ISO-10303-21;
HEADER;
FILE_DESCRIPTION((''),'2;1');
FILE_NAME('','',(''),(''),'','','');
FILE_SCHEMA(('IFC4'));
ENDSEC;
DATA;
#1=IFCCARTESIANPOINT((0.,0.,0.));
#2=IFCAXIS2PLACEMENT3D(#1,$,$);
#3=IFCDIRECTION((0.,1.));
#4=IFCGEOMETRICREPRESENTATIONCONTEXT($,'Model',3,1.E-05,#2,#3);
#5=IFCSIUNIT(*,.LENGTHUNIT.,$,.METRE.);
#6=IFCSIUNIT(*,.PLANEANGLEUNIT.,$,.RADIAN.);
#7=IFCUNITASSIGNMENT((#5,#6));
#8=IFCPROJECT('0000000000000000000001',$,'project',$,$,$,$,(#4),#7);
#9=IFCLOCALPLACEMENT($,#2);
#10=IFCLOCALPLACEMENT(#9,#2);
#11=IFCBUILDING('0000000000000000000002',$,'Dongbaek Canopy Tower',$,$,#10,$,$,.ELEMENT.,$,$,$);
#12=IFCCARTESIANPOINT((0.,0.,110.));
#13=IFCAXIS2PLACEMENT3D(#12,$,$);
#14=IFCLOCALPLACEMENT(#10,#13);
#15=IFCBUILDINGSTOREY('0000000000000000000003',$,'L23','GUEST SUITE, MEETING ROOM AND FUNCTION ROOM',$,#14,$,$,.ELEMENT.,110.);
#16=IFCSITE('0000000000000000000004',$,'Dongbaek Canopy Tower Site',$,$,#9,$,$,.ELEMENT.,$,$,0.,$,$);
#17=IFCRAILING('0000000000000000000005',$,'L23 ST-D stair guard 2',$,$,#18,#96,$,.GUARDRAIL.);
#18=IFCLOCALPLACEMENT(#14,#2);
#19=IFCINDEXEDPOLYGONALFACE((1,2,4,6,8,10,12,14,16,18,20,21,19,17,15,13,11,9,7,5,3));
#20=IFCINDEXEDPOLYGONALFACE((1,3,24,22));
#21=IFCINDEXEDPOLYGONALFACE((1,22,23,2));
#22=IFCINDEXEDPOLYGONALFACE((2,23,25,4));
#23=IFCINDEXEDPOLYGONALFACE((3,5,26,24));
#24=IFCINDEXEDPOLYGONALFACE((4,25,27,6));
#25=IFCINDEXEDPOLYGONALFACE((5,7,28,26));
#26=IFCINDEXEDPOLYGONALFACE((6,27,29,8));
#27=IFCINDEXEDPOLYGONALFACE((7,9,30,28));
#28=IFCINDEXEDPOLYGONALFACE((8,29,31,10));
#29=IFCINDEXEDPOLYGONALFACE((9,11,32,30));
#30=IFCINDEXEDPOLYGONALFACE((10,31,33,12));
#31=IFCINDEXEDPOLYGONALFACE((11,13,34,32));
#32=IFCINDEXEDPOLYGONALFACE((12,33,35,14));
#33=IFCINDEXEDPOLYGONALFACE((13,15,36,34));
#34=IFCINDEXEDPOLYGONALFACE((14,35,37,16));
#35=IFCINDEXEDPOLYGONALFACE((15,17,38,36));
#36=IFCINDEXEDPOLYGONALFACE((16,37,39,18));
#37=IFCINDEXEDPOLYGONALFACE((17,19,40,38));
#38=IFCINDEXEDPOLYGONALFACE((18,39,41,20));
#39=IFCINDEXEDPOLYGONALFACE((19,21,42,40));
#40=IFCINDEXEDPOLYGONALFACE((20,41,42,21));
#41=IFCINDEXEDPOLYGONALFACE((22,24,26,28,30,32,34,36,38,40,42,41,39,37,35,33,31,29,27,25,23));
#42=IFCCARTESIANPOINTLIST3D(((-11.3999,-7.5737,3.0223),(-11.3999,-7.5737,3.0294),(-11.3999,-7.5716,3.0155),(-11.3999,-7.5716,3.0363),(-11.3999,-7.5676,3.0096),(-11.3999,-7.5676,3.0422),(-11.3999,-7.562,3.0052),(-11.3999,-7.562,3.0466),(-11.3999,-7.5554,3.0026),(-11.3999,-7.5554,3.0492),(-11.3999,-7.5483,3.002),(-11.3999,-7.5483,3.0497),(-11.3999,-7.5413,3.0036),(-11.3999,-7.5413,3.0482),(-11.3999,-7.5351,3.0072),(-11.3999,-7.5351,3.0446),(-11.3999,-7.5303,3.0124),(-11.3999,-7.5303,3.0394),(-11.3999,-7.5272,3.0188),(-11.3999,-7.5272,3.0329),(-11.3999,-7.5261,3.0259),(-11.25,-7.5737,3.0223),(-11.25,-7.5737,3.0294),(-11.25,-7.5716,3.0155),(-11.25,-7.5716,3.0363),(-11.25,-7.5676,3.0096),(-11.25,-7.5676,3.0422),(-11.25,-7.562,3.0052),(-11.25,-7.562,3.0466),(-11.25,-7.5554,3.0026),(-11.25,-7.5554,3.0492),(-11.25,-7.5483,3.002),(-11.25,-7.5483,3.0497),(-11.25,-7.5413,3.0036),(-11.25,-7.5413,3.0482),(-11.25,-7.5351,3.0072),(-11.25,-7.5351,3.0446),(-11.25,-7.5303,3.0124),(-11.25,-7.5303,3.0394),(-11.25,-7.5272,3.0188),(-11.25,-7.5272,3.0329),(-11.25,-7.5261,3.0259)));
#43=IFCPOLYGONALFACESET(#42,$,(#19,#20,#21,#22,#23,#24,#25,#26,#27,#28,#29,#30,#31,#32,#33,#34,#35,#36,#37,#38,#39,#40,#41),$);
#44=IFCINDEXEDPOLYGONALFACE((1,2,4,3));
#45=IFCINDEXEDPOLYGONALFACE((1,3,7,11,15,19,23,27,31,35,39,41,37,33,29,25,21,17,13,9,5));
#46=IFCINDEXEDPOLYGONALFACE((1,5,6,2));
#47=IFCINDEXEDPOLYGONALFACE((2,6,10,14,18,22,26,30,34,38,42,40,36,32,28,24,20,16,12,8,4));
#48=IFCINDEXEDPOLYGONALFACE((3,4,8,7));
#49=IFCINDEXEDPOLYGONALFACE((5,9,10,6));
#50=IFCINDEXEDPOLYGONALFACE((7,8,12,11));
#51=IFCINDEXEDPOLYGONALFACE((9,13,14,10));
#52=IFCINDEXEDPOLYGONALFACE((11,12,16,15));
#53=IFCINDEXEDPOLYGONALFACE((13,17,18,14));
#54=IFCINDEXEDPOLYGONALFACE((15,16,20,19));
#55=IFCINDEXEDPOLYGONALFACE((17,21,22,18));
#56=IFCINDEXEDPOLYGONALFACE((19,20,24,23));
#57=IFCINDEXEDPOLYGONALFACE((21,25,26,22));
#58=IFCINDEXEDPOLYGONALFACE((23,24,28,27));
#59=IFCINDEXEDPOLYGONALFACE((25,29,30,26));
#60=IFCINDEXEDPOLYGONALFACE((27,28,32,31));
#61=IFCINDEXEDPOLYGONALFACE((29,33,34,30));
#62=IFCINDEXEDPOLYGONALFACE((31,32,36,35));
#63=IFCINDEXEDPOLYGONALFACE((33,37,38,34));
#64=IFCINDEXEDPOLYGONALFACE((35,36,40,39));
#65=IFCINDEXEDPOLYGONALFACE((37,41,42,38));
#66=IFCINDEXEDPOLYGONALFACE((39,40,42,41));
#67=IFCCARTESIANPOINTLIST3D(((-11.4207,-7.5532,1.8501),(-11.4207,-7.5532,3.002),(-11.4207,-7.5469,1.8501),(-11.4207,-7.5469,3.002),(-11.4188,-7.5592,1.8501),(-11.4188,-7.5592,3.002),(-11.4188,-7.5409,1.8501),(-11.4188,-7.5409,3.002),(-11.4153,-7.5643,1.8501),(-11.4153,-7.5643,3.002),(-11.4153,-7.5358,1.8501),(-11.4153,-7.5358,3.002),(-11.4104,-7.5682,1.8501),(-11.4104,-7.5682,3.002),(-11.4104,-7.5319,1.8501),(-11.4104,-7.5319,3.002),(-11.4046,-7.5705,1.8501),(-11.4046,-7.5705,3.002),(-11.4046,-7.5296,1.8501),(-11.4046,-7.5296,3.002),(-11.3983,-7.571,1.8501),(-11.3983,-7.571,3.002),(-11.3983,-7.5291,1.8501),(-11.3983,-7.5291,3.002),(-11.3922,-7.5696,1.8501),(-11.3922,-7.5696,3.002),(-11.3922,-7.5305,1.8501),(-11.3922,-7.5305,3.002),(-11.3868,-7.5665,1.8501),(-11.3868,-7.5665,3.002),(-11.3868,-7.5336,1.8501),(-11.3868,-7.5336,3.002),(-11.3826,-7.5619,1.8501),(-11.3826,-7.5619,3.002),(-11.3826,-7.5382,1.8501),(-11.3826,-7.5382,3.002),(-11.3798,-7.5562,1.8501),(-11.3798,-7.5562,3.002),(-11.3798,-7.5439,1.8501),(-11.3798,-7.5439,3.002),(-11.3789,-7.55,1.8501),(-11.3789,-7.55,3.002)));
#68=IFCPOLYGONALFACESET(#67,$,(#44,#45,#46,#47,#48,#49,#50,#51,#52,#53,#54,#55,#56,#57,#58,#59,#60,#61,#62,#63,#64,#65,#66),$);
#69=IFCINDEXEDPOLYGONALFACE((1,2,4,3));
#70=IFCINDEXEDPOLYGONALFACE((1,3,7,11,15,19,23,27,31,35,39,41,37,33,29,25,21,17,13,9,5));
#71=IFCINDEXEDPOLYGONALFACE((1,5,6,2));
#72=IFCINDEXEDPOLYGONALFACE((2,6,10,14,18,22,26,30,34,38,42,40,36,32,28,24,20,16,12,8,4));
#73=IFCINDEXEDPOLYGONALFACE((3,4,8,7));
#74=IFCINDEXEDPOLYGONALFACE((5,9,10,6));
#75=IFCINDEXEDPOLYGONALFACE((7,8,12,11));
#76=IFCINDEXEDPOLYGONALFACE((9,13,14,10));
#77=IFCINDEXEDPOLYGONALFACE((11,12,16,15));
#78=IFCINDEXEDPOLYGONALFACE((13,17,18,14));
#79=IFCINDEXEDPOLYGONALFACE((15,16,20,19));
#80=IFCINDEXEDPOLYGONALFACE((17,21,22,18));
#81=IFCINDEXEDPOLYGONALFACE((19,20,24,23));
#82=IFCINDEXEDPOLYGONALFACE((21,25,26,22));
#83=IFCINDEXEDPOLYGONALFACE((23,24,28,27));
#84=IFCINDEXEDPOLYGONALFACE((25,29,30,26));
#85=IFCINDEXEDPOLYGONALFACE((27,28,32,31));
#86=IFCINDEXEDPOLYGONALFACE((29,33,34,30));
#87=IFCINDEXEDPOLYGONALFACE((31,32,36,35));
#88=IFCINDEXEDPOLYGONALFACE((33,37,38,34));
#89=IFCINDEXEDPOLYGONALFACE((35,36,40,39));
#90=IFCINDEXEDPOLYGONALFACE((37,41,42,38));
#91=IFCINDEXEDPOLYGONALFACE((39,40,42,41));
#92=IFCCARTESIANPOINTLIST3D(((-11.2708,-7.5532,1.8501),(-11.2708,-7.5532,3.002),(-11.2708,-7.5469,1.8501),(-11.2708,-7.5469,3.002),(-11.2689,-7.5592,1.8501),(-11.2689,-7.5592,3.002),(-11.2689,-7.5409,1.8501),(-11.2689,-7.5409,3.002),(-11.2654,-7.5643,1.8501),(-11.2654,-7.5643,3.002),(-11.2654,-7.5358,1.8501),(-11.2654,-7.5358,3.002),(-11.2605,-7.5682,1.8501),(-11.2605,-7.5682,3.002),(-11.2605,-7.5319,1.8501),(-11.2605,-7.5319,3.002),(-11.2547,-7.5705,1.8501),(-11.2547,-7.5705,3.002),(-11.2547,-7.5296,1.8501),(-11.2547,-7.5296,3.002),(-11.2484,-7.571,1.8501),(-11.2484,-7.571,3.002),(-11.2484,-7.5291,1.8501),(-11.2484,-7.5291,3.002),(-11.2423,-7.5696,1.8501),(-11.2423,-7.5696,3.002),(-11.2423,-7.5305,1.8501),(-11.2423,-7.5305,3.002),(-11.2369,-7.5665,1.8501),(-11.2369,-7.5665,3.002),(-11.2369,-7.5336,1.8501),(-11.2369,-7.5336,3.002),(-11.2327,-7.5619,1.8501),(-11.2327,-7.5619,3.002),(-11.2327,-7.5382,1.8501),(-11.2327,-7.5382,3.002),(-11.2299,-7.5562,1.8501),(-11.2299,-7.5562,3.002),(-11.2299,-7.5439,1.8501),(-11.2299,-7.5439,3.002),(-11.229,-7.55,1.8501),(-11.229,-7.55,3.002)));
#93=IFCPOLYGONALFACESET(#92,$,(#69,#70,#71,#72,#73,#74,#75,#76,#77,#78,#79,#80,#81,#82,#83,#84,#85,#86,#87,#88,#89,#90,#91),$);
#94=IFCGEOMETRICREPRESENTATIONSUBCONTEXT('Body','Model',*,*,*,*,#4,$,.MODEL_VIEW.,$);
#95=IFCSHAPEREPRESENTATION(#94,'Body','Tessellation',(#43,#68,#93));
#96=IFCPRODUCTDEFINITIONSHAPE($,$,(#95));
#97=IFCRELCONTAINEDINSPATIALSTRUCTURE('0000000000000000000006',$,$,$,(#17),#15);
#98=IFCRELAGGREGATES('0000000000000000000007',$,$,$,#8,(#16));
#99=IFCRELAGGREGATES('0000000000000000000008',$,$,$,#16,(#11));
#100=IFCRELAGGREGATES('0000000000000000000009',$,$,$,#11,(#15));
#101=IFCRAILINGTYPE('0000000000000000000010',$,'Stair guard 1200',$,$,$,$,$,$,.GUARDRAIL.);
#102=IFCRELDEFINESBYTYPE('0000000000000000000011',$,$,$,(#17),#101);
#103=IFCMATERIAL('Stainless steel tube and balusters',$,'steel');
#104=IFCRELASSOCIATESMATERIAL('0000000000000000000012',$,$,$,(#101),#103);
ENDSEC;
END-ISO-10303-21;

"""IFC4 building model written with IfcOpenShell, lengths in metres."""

from ifc_helpers import new_model, si_unit, direction, frame, origin, origin_2d, place, context, subcontext, project, spatial, circle, extrude, material, type_object, element, save


model = new_model("IFC4")

# Units and contexts
model_context = context("Model", 3, precision=1e-05, world=origin(), true_north=direction((0.0, 1.0)))
body_context = subcontext(model_context, "Body", "Model", "MODEL_VIEW")
ifc_project = project(units=[si_unit("LENGTHUNIT", "METRE"), si_unit("PLANEANGLEUNIT", "RADIAN")], contexts=[model_context])

# Site, building, storey
site_placement = place(None, origin())
site = spatial("IfcSite", under=ifc_project, at=site_placement, Name="Dongbaek Canopy Tower Site", CompositionType="ELEMENT", RefElevation=0.0)
building_placement = place(site_placement, origin())
building = spatial("IfcBuilding", under=site, at=building_placement, Name="Dongbaek Canopy Tower", CompositionType="ELEMENT")
storey_placement = place(building_placement, frame((0.0, 0.0, 110.0)))
storey = spatial("IfcBuildingStorey", under=building, at=storey_placement, Name="L23", Description="GUEST SUITE, MEETING ROOM AND FUNCTION ROOM", CompositionType="ELEMENT", Elevation=110.0)

# Railing
ifc_material_1 = material(Name="Stainless steel tube and balusters", Category="steel")
railing_type_1 = type_object("IfcRailingType", Name="Stair guard 1200", PredefinedType="GUARDRAIL", material=ifc_material_1)
railing_1_placement = place(storey_placement, frame((-11.3999, -7.55, 1.8501)))
element("IfcRailing", 1, at=railing_1_placement, inside=storey, type_object=railing_type_1, Name="L23 ST-D stair guard 2", PredefinedType="GUARDRAIL", context=body_context, shape_type="SweptSolid", body=[
    extrude(circle(Radius=0.0239, at=origin_2d()), frame((0.0, 0.0, 1.1758), z_axis=(1.0, 0.0, 0.0), x_axis=(0.0, 1.0, 0.0)), (0.0, 0.0, 1.0), 0.1499),
    extrude(circle(Radius=0.021, at=origin_2d()), origin(), (0.0, 0.0, 1.0), 1.1519),
    extrude(circle(Radius=0.021, at=origin_2d()), frame((0.1499, 0.0, 0.0)), (0.0, 0.0, 1.0), 1.1519),
])

save(model, "model.ifc")
